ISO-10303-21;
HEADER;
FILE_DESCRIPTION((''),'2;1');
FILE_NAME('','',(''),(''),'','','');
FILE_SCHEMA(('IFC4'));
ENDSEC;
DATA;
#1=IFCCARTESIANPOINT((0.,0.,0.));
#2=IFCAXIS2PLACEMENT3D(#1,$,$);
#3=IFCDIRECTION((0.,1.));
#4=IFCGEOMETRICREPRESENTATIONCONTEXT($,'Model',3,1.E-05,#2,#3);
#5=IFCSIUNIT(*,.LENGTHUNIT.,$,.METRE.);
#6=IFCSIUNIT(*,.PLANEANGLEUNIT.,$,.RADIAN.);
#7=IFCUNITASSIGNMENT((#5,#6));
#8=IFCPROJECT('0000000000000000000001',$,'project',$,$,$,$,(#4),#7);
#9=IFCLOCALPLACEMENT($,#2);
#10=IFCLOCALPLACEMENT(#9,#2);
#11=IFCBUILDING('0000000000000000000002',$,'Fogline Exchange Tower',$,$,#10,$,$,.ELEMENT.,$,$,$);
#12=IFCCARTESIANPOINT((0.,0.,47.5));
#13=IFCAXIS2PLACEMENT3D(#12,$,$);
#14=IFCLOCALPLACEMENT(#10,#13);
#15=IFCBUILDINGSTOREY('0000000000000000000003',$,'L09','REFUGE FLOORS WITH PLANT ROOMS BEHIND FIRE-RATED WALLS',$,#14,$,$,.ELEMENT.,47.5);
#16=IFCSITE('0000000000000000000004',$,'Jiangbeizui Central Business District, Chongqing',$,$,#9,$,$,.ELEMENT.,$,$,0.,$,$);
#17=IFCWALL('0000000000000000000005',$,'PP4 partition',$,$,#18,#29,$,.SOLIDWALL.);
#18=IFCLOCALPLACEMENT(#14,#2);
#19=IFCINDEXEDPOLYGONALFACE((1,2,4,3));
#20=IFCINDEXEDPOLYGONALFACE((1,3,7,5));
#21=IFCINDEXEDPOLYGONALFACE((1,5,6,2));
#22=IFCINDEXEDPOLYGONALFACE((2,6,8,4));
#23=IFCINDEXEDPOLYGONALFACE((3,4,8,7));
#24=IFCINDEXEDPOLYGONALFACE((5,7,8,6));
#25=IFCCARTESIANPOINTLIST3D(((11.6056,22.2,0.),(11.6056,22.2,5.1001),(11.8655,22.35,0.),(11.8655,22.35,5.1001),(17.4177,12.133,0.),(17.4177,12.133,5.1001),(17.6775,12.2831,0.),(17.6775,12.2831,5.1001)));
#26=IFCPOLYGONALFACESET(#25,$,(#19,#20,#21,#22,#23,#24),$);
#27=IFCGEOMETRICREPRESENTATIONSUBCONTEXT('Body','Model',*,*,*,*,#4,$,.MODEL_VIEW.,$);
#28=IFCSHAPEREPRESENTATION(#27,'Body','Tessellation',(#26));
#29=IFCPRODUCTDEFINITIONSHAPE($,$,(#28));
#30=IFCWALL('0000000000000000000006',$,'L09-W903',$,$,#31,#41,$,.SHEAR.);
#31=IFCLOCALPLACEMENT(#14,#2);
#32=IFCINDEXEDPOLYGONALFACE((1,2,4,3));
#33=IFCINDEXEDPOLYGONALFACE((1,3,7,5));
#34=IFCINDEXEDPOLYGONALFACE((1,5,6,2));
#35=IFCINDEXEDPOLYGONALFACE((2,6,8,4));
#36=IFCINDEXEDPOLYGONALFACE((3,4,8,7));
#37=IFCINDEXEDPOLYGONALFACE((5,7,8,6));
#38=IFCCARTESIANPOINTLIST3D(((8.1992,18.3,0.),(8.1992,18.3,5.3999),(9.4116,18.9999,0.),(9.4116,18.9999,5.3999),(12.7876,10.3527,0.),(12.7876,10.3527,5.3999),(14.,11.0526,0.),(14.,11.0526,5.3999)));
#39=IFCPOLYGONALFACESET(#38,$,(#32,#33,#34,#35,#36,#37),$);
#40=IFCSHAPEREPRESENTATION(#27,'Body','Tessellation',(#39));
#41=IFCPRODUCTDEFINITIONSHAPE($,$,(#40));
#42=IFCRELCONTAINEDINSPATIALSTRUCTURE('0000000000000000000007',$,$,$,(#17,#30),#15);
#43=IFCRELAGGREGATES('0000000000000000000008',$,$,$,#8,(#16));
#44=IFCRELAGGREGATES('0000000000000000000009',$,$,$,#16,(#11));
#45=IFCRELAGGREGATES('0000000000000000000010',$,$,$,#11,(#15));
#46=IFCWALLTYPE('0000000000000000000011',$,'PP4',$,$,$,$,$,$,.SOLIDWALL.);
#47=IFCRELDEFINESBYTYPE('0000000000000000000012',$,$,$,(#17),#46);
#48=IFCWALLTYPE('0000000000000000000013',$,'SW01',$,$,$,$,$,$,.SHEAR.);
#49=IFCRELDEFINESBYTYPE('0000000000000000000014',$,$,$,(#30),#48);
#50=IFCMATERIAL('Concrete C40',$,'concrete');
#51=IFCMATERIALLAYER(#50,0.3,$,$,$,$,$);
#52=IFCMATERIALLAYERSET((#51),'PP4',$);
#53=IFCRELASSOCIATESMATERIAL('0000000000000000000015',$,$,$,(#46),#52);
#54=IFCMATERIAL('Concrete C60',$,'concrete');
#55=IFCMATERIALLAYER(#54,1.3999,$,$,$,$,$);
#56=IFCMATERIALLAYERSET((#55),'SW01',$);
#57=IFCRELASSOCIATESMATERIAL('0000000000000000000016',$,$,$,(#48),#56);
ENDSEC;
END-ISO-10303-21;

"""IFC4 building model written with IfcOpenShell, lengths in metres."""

from ifc_helpers import new_model, si_unit, direction, frame, frame_2d, origin, place, context, subcontext, project, spatial, rectangle, extrude, material, layer, layer_set, type_object, element, save


model = new_model("IFC4")

# Units and contexts
model_context = context("Model", 3, precision=1e-05, world=origin(), true_north=direction((0.0, 1.0)))
body_context = subcontext(model_context, "Body", "Model", "MODEL_VIEW")
ifc_project = project(units=[si_unit("LENGTHUNIT", "METRE"), si_unit("PLANEANGLEUNIT", "RADIAN")], contexts=[model_context])

# Site, building, storey
site_placement = place(None, origin())
site = spatial("IfcSite", under=ifc_project, at=site_placement, Name="Jiangbeizui Central Business District, Chongqing", CompositionType="ELEMENT", RefElevation=0.0)
building_placement = place(site_placement, origin())
building = spatial("IfcBuilding", under=site, at=building_placement, Name="Fogline Exchange Tower", CompositionType="ELEMENT")
storey_placement = place(building_placement, frame((0.0, 0.0, 47.5)))
storey = spatial("IfcBuildingStorey", under=building, at=storey_placement, Name="L09", Description="REFUGE FLOORS WITH PLANT ROOMS BEHIND FIRE-RATED WALLS", CompositionType="ELEMENT", Elevation=47.5)

# Shared definitions
ifc_material_1 = material(Name="Concrete C40", Category="concrete")

# Shared definitions
ifc_layer_1 = layer(ifc_material_1, 0.3)
ifc_layer_set_1 = layer_set([ifc_layer_1], Name="PP4")
wall_type_1 = type_object("IfcWallType", Name="PP4", PredefinedType="SOLIDWALL", material=ifc_layer_set_1)

# Walls
wall_1_placement = place(storey_placement, frame((11.7356, 22.2749, 0.0), z_axis=(0.0, 0.0, 1.0), x_axis=(0.499993, -0.86603, 0.0)))
element("IfcWall", 1, at=wall_1_placement, inside=storey, type_object=wall_type_1, Name="PP4 partition", PredefinedType="SOLIDWALL", context=body_context, shape_type="SweptSolid", body=[
    extrude(rectangle(XDim=11.6243, YDim=0.3, at=frame_2d((5.812, 0.0))), origin(), (0.0, 0.0, 1.0), 5.1001),
])
ifc_material_2 = material(Name="Concrete C60", Category="concrete")
ifc_layer_2 = layer(ifc_material_2, 1.3999)
ifc_layer_set_2 = layer_set([ifc_layer_2], Name="SW01")
wall_type_2 = type_object("IfcWallType", Name="SW01", PredefinedType="SHEAR", material=ifc_layer_set_2)
wall_2_placement = place(storey_placement, frame((13.3938, 10.7026, 0.0), z_axis=(0.0, 0.0, 1.0), x_axis=(-0.500002, 0.866024, 0.0)))
element("IfcWall", 2, at=wall_2_placement, inside=storey, type_object=wall_type_2, Name="L09-W903", PredefinedType="SHEAR", context=body_context, shape_type="SweptSolid", body=[
    extrude(rectangle(XDim=9.1768, YDim=1.3999, at=frame_2d((4.5884, 0.0))), origin(), (0.0, 0.0, 1.0), 5.3999),
])

save(model, "model.ifc")
